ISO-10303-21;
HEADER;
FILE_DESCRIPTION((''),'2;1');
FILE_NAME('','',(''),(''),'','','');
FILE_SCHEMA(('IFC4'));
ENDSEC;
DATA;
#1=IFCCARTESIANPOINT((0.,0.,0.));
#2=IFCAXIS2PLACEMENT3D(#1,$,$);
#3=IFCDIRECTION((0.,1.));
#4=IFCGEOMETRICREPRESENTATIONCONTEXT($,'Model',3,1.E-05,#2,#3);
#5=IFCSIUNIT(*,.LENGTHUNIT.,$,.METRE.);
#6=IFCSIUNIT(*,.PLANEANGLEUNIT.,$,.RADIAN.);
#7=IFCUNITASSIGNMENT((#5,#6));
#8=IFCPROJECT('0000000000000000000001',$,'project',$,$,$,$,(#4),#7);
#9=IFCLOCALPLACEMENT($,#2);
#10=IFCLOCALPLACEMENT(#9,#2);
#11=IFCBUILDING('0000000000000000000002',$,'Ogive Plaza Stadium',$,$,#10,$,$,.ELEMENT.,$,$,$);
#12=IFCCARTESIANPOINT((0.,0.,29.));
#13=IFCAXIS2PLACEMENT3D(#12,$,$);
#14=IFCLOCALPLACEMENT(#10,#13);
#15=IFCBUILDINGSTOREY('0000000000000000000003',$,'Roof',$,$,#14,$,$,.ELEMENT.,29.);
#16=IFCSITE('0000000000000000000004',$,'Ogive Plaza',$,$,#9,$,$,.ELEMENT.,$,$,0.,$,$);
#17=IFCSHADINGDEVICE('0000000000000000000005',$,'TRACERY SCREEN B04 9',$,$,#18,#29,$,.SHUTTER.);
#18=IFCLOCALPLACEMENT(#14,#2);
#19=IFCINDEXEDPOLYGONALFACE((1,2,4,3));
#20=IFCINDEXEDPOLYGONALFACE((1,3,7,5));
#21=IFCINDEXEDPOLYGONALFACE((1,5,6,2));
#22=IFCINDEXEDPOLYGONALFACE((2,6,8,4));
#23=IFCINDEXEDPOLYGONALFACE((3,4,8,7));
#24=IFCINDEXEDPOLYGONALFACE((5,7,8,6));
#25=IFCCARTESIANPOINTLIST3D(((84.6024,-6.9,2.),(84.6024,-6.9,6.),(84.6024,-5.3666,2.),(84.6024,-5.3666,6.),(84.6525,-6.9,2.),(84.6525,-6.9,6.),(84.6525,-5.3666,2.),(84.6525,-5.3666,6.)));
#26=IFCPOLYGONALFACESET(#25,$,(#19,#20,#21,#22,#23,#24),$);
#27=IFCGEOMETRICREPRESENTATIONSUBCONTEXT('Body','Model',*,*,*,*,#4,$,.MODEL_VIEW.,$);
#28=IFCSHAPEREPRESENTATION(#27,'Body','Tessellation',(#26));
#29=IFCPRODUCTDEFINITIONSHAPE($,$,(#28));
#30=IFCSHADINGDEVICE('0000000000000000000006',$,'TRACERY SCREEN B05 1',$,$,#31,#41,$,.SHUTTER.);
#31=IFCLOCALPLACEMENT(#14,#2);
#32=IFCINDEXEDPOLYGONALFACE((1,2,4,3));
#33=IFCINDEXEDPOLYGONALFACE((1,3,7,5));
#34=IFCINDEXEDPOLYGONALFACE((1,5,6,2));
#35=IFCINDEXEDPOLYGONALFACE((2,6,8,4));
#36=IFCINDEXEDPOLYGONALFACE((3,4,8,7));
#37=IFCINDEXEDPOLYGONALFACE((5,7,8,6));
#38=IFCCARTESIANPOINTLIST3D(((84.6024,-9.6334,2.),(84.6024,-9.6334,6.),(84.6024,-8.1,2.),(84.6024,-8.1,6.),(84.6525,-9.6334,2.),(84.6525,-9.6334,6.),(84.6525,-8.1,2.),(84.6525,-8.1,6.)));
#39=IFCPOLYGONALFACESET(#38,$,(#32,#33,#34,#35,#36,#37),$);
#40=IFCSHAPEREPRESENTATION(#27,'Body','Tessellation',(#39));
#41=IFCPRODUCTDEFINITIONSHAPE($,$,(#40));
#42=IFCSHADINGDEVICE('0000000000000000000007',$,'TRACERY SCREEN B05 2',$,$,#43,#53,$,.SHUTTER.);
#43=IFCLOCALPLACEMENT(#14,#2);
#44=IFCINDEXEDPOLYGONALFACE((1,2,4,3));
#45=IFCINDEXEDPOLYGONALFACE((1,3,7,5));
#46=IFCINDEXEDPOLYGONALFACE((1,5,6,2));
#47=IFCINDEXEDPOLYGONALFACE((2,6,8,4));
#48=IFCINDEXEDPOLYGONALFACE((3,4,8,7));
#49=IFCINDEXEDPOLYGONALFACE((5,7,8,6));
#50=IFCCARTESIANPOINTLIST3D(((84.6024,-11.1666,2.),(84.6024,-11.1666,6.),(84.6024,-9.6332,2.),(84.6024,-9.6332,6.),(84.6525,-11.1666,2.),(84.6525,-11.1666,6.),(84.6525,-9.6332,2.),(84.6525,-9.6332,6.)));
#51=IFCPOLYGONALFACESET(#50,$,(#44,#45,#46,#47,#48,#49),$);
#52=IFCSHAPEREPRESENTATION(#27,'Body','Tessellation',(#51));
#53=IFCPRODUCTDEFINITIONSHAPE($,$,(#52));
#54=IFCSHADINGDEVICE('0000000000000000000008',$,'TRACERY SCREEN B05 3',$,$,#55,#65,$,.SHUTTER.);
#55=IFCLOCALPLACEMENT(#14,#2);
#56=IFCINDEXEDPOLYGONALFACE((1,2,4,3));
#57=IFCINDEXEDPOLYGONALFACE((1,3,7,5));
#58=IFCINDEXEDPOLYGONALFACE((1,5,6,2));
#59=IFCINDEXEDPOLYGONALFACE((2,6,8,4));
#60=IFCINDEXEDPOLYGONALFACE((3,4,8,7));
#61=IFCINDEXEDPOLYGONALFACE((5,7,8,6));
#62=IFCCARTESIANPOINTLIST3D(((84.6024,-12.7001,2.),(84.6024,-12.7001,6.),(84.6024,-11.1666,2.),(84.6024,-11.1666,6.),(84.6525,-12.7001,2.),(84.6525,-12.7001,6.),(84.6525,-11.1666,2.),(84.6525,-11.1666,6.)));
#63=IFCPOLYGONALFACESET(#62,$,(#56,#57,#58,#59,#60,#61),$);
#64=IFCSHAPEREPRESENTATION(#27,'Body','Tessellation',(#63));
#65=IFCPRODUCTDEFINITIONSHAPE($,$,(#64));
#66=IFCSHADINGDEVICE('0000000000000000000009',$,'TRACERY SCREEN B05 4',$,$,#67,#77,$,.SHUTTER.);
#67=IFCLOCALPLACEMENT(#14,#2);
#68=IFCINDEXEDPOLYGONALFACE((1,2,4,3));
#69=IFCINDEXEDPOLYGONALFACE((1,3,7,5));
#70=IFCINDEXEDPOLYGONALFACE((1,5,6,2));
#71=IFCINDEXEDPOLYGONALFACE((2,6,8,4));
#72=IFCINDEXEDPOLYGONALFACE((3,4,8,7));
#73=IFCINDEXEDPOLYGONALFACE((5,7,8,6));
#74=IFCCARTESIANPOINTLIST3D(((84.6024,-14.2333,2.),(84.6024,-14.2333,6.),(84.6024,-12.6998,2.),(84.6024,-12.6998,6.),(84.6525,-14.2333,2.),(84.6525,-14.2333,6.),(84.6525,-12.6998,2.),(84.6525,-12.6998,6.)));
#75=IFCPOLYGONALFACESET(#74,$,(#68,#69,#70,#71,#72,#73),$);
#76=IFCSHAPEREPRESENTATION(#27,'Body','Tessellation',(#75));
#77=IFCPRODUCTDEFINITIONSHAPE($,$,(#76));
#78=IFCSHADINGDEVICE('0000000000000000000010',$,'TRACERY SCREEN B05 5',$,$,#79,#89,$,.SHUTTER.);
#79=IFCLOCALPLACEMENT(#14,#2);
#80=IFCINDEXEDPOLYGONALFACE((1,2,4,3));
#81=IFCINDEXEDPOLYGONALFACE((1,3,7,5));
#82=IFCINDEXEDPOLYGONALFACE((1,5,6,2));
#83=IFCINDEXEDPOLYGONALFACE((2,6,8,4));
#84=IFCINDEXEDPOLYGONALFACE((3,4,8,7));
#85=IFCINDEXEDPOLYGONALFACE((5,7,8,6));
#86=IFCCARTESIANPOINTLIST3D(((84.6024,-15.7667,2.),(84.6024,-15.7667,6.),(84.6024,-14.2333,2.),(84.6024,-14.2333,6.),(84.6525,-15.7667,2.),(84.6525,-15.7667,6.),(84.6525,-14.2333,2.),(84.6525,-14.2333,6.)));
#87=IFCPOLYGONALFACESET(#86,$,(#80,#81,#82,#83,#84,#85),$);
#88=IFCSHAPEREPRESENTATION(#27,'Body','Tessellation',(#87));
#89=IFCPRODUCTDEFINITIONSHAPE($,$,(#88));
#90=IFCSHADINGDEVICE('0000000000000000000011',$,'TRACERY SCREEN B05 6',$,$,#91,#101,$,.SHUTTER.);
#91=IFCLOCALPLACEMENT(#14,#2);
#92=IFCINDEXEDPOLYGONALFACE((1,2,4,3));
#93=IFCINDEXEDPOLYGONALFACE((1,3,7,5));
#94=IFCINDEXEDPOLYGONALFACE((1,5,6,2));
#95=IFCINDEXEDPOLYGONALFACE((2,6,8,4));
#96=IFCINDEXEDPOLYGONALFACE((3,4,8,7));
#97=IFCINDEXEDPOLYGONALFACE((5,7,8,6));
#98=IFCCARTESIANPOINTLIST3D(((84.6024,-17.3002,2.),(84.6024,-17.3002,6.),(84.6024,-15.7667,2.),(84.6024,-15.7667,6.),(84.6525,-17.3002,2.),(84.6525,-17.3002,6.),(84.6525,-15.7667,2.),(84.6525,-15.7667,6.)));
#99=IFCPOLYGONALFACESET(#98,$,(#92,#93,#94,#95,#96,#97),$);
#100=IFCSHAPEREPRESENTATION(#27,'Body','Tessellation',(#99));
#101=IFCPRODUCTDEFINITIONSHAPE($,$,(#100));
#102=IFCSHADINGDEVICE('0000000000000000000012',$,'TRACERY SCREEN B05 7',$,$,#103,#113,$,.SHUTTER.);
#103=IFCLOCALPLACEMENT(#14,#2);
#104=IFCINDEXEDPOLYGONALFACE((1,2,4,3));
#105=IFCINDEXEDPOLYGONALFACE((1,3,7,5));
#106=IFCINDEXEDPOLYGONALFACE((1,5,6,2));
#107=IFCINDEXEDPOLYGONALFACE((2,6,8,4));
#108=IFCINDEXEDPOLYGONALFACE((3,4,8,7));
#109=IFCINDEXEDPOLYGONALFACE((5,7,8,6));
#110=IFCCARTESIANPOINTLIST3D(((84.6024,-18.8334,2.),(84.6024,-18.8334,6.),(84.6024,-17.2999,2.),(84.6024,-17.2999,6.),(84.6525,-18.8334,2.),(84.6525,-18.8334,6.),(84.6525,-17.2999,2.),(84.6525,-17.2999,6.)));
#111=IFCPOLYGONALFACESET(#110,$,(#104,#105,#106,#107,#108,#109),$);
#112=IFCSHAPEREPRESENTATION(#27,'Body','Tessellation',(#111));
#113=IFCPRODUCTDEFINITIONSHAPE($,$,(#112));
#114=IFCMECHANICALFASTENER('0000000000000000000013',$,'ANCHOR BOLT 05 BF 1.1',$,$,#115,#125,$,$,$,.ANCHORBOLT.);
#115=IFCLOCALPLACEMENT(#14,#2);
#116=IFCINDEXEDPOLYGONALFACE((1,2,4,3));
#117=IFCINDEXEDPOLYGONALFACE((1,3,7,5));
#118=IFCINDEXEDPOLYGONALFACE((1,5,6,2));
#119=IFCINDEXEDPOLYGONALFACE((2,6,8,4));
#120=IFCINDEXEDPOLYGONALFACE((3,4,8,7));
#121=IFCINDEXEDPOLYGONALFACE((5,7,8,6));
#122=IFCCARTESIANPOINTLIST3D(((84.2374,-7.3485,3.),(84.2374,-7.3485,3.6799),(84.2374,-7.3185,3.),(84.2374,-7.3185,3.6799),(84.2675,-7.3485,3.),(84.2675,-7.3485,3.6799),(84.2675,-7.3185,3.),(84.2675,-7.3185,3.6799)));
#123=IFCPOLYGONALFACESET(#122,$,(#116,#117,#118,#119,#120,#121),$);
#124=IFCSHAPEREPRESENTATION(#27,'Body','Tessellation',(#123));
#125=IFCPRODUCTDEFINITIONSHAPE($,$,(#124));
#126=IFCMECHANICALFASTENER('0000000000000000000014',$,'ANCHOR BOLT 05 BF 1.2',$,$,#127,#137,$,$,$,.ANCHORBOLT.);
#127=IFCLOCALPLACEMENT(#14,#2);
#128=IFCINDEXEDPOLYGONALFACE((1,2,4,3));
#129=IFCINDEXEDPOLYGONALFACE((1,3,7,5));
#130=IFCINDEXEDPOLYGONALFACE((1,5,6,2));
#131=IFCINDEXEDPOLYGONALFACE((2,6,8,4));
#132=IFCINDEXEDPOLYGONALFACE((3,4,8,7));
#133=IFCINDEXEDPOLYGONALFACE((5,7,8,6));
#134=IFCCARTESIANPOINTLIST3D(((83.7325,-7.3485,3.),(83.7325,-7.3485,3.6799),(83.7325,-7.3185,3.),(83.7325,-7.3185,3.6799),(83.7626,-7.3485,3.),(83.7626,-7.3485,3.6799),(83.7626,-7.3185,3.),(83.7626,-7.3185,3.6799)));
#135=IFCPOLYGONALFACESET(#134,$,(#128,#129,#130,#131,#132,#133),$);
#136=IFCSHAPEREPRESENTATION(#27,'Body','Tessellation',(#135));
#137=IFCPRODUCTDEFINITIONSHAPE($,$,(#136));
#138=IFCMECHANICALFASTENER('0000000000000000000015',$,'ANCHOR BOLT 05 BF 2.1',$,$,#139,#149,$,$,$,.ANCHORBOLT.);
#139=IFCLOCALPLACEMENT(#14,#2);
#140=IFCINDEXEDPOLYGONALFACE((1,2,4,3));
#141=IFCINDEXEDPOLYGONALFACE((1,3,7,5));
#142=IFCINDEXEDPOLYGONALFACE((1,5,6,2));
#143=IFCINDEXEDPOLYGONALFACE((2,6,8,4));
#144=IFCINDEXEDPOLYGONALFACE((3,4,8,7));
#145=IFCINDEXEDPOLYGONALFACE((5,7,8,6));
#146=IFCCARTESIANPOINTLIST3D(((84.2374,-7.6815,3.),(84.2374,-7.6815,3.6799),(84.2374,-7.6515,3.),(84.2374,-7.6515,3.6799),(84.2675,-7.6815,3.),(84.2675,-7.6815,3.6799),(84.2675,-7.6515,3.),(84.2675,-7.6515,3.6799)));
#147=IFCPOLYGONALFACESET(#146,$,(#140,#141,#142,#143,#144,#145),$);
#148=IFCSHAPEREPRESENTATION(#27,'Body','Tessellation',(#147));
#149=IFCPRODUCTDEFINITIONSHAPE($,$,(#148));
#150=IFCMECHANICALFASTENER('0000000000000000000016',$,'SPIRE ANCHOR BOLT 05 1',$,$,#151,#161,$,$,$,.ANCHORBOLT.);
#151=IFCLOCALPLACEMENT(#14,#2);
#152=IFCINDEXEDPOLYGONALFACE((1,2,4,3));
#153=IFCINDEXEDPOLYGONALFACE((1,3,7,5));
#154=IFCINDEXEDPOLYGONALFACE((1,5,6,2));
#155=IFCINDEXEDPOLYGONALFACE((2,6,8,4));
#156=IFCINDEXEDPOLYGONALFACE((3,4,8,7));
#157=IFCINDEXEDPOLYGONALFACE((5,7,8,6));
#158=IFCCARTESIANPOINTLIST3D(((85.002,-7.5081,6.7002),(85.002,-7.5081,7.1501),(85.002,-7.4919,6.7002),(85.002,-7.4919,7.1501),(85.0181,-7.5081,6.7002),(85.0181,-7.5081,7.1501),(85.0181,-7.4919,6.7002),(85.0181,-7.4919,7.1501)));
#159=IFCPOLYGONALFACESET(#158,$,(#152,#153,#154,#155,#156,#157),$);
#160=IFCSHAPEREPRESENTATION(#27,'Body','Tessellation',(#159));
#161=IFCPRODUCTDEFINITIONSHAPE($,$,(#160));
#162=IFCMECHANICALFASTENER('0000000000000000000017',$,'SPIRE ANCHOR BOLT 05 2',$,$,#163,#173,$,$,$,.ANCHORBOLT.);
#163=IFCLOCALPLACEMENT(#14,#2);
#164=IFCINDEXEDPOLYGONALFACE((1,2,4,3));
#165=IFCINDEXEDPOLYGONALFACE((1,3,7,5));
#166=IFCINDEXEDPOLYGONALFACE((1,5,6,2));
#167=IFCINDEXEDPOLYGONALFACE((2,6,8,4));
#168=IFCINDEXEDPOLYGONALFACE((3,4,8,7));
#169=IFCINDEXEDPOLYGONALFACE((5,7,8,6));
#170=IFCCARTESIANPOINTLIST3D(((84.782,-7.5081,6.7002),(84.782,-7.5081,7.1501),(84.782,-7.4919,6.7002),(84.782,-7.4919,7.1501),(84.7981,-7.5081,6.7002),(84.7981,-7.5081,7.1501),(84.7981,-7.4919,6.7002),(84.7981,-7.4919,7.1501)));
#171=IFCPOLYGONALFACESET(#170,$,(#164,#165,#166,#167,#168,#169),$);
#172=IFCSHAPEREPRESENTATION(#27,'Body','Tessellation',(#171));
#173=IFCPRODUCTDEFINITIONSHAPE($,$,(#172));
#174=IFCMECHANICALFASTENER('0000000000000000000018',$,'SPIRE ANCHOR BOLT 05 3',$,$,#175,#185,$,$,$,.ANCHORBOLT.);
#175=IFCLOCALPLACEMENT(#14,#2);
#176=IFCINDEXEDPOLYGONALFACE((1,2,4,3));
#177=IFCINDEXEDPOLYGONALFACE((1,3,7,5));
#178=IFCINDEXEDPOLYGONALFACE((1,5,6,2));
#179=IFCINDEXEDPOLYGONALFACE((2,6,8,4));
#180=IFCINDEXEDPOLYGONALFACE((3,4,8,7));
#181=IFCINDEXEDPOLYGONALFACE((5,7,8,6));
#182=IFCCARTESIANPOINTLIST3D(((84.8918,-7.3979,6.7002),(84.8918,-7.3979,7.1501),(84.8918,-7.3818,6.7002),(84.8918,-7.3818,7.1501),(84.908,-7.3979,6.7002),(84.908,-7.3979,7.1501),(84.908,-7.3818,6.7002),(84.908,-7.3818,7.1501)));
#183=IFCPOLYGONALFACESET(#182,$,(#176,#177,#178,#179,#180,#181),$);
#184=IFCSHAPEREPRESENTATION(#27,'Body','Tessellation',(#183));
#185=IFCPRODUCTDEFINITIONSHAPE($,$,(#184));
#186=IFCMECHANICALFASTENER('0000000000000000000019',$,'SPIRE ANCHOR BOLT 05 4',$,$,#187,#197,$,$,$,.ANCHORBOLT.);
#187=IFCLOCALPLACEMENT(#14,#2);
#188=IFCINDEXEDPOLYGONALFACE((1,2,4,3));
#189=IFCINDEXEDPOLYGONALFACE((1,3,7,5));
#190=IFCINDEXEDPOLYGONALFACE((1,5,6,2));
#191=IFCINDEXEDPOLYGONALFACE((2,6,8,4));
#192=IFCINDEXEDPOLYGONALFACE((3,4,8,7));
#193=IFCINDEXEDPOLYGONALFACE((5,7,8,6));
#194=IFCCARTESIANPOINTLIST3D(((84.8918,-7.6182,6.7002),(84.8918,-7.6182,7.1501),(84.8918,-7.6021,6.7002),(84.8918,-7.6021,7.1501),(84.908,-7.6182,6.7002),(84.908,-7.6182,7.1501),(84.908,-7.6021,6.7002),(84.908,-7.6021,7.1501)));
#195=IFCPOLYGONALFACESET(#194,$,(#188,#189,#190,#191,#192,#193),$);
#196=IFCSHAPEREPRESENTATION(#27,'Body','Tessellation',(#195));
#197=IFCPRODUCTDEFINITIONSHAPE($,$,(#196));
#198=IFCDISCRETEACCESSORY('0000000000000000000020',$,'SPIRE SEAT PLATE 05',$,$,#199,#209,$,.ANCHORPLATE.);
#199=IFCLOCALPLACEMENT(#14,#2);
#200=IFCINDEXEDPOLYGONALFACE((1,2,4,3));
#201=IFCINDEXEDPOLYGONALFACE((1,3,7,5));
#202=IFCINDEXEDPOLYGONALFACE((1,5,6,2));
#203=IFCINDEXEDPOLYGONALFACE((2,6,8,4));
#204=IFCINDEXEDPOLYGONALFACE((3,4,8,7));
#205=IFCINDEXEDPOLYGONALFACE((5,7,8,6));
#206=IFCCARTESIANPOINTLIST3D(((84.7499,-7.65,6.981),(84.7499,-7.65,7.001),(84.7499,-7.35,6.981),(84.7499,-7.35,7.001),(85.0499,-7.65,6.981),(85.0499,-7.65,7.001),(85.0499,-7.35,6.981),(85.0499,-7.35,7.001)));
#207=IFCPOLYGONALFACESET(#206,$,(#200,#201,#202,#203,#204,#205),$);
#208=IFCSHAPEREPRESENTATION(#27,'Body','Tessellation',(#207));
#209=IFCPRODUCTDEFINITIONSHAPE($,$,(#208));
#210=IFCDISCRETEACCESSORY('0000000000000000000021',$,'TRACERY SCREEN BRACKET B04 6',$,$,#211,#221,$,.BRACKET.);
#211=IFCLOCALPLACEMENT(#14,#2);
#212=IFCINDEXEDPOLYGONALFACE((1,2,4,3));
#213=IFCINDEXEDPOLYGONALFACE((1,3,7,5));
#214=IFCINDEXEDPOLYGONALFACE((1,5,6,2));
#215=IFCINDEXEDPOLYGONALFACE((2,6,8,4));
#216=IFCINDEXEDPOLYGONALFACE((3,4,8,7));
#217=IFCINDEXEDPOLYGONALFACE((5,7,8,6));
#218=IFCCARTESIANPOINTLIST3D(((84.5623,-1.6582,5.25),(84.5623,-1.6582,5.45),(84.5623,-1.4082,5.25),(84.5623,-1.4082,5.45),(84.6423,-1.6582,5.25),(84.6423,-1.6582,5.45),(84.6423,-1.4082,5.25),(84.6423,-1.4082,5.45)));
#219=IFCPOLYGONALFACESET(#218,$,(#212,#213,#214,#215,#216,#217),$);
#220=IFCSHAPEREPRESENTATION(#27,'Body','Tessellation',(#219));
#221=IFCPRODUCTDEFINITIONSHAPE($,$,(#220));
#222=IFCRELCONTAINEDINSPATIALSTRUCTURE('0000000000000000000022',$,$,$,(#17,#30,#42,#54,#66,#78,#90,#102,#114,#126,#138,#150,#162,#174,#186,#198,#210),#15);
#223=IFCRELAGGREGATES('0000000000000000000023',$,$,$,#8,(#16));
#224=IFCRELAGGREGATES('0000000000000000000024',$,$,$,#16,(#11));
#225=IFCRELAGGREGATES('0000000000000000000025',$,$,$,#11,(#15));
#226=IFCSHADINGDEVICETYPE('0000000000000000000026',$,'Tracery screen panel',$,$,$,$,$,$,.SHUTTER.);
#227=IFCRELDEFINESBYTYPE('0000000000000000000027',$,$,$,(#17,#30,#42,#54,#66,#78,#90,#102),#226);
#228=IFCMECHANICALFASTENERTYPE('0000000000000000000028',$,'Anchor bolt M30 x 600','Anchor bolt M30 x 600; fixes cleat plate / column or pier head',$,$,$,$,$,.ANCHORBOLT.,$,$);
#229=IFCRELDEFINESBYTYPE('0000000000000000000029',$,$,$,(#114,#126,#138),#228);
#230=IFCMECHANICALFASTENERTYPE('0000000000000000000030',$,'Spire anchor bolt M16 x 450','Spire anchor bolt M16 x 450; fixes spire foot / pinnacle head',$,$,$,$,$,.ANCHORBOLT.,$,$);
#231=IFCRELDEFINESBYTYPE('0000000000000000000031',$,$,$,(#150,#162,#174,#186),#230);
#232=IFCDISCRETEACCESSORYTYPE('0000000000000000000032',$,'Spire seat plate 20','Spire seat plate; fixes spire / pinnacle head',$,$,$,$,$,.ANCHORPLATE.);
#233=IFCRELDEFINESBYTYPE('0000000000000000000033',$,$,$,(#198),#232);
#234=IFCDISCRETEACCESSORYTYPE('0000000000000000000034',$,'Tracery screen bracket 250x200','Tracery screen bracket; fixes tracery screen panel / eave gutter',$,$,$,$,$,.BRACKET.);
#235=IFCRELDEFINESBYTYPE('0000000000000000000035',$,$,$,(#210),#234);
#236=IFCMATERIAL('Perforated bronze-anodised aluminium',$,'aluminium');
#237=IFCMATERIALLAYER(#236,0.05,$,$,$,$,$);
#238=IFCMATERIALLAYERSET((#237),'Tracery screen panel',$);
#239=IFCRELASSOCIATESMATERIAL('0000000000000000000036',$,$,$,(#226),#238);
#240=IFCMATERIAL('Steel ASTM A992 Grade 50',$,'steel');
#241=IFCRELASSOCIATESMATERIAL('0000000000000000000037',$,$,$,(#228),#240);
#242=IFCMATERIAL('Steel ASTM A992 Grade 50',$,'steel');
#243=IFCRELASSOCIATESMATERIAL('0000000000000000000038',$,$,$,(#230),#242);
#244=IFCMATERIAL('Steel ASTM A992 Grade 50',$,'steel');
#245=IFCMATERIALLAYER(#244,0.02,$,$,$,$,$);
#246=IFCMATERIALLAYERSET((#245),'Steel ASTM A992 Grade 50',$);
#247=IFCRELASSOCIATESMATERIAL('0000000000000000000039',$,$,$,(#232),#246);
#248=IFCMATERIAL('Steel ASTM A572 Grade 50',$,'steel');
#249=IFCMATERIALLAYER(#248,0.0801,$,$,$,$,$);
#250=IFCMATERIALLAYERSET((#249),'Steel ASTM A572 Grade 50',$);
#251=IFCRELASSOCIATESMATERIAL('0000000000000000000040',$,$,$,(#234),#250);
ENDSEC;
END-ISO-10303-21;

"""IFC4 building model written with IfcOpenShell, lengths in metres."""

from ifc_helpers import new_model, si_unit, direction, frame, origin, origin_2d, place, context, subcontext, project, spatial, rectangle, extrude, material, layer, layer_set, type_object, element, save


model = new_model("IFC4")

# Units and contexts
model_context = context("Model", 3, precision=1e-05, world=origin(), true_north=direction((0.0, 1.0)))
body_context = subcontext(model_context, "Body", "Model", "MODEL_VIEW")
ifc_project = project(units=[si_unit("LENGTHUNIT", "METRE"), si_unit("PLANEANGLEUNIT", "RADIAN")], contexts=[model_context])

# Site, building, storey
site_placement = place(None, origin())
site = spatial("IfcSite", under=ifc_project, at=site_placement, Name="Ogive Plaza", CompositionType="ELEMENT", RefElevation=0.0)
building_placement = place(site_placement, origin())
building = spatial("IfcBuilding", under=site, at=building_placement, Name="Ogive Plaza Stadium", CompositionType="ELEMENT")
storey_placement = place(building_placement, frame((0.0, 0.0, 29.0)))
storey = spatial("IfcBuildingStorey", under=building, at=storey_placement, Name="Roof", CompositionType="ELEMENT", Elevation=29.0)

# Shading devices
ifc_material_1 = material(Name="Perforated bronze-anodised aluminium", Category="aluminium")
ifc_layer_1 = layer(ifc_material_1, 0.05)
ifc_layer_set_1 = layer_set([ifc_layer_1], Name="Tracery screen panel")
shading_device_type = type_object("IfcShadingDeviceType", Name="Tracery screen panel", PredefinedType="SHUTTER", material=ifc_layer_set_1)
for number, where, z_axis, x_axis, name in (
    (1, (84.6274, -6.1333, 2.0), (0.0, 0.0, 1.0), (0.0, -1.0, 0.0), "TRACERY SCREEN B04 9"),
    (2, (84.6274, -8.8667, 2.0), (0.0, 0.0, 1.0), (0.0, -1.0, 0.0), "TRACERY SCREEN B05 1"),
    (3, (84.6274, -10.3999, 2.0), (0.0, 0.0, 1.0), (0.0, -1.0, 0.0), "TRACERY SCREEN B05 2"),
    (4, (84.6274, -11.9333, 2.0), (0.0, 0.0, 1.0), (0.0, -1.0, 0.0), "TRACERY SCREEN B05 3"),
    (5, (84.6274, -13.4666, 2.0), (0.0, 0.0, 1.0), (0.0, -1.0, 0.0), "TRACERY SCREEN B05 4"),
    (6, (84.6274, -15.0, 2.0), (0.0, 0.0, 1.0), (0.0, -1.0, 0.0), "TRACERY SCREEN B05 5"),
    (7, (84.6274, -16.5334, 2.0), (0.0, 0.0, 1.0), (0.0, -1.0, 0.0), "TRACERY SCREEN B05 6"),
    (8, (84.6274, -18.0667, 2.0), (0.0, 0.0, 1.0), (0.0, -1.0, 0.0), "TRACERY SCREEN B05 7"),
):
    element("IfcShadingDevice", number, at=place(storey_placement, frame(where, z_axis=z_axis, x_axis=x_axis)), inside=storey, type_object=shading_device_type, Name=name, PredefinedType="SHUTTER", context=body_context, shape_type="SweptSolid", body=[
        extrude(rectangle(XDim=1.5334, YDim=0.05, at=origin_2d()), origin(), (0.0, 0.0, 1.0), 4.0),
    ])

# Mechanical fasteners
ifc_material_2 = material(Name="Steel ASTM A992 Grade 50", Category="steel")
mechanical_fastener_type_1 = type_object("IfcMechanicalFastenerType", Name="Anchor bolt M30 x 600", Description="Anchor bolt M30 x 600; fixes cleat plate / column or pier head", PredefinedType="ANCHORBOLT", material=ifc_material_2)
for number, where, z_axis, x_axis, name in (
    (9, (84.2524, -7.3335, 3.0), (0.0, 0.0, 1.0), (1.0, 0.0, 0.0), "ANCHOR BOLT 05 BF 1.1"),
    (10, (83.7476, -7.3335, 3.0), (0.0, 0.0, 1.0), (1.0, 0.0, 0.0), "ANCHOR BOLT 05 BF 1.2"),
    (11, (84.2524, -7.6665, 3.0), (0.0, 0.0, 1.0), (1.0, 0.0, 0.0), "ANCHOR BOLT 05 BF 2.1"),
):
    element("IfcMechanicalFastener", number, at=place(storey_placement, frame(where, z_axis=z_axis, x_axis=x_axis)), inside=storey, type_object=mechanical_fastener_type_1, Name=name, PredefinedType="ANCHORBOLT", context=body_context, shape_type="SweptSolid", body=[
        extrude(rectangle(XDim=0.03, YDim=0.03, at=origin_2d()), origin(), (0.0, 0.0, 1.0), 0.6799),
    ])
ifc_material_3 = material(Name="Steel ASTM A992 Grade 50", Category="steel")
mechanical_fastener_type_2 = type_object("IfcMechanicalFastenerType", Name="Spire anchor bolt M16 x 450", Description="Spire anchor bolt M16 x 450; fixes spire foot / pinnacle head", PredefinedType="ANCHORBOLT", material=ifc_material_3)
for number, where, z_axis, x_axis, name in (
    (12, (85.01, -7.5, 6.7002), (0.0, 0.0, 1.0), (1.0, 0.0, 0.0), "SPIRE ANCHOR BOLT 05 1"),
    (13, (84.79, -7.5, 6.7002), (0.0, 0.0, 1.0), (1.0, 0.0, 0.0), "SPIRE ANCHOR BOLT 05 2"),
    (14, (84.8999, -7.3899, 6.7002), (0.0, 0.0, 1.0), (1.0, 0.0, 0.0), "SPIRE ANCHOR BOLT 05 3"),
    (15, (84.8999, -7.6101, 6.7002), (0.0, 0.0, 1.0), (1.0, 0.0, 0.0), "SPIRE ANCHOR BOLT 05 4"),
):
    element("IfcMechanicalFastener", number, at=place(storey_placement, frame(where, z_axis=z_axis, x_axis=x_axis)), inside=storey, type_object=mechanical_fastener_type_2, Name=name, PredefinedType="ANCHORBOLT", context=body_context, shape_type="SweptSolid", body=[
        extrude(rectangle(XDim=0.0161, YDim=0.0161, at=origin_2d()), origin(), (0.0, 0.0, 1.0), 0.45),
    ])

# Discrete accessories
ifc_material_4 = material(Name="Steel ASTM A992 Grade 50", Category="steel")
ifc_layer_2 = layer(ifc_material_4, 0.02)
ifc_layer_set_2 = layer_set([ifc_layer_2], Name="Steel ASTM A992 Grade 50")
discrete_accessory_type_1 = type_object("IfcDiscreteAccessoryType", Name="Spire seat plate 20", Description="Spire seat plate; fixes spire / pinnacle head", PredefinedType="ANCHORPLATE", material=ifc_layer_set_2)
discrete_accessory_placement = place(storey_placement, frame((84.8999, -7.5, 6.981), z_axis=(0.0, 0.0, 1.0), x_axis=(1.0, 0.0, 0.0)))
element("IfcDiscreteAccessory", 16, at=discrete_accessory_placement, inside=storey, type_object=discrete_accessory_type_1, Name="SPIRE SEAT PLATE 05", PredefinedType="ANCHORPLATE", context=body_context, shape_type="SweptSolid", body=[
    extrude(rectangle(XDim=0.3, YDim=0.3, at=origin_2d()), origin(), (0.0, 0.0, 1.0), 0.02),
])
ifc_material_5 = material(Name="Steel ASTM A572 Grade 50", Category="steel")
ifc_layer_3 = layer(ifc_material_5, 0.0801)
ifc_layer_set_3 = layer_set([ifc_layer_3], Name="Steel ASTM A572 Grade 50")
discrete_accessory_type_2 = type_object("IfcDiscreteAccessoryType", Name="Tracery screen bracket 250x200", Description="Tracery screen bracket; fixes tracery screen panel / eave gutter", PredefinedType="BRACKET", material=ifc_layer_set_3)
for number, where, z_axis, x_axis, name in (
    (17, (84.6023, -1.5332, 5.25), (0.0, 0.0, 1.0), (0.0, -1.0, 0.0), "TRACERY SCREEN BRACKET B04 6"),
):
    element("IfcDiscreteAccessory", number, at=place(storey_placement, frame(where, z_axis=z_axis, x_axis=x_axis)), inside=storey, type_object=discrete_accessory_type_2, Name=name, PredefinedType="BRACKET", context=body_context, shape_type="SweptSolid", body=[
        extrude(rectangle(XDim=0.25, YDim=0.0801, at=origin_2d()), origin(), (0.0, 0.0, 1.0), 0.2),
    ])

save(model, "model.ifc")
